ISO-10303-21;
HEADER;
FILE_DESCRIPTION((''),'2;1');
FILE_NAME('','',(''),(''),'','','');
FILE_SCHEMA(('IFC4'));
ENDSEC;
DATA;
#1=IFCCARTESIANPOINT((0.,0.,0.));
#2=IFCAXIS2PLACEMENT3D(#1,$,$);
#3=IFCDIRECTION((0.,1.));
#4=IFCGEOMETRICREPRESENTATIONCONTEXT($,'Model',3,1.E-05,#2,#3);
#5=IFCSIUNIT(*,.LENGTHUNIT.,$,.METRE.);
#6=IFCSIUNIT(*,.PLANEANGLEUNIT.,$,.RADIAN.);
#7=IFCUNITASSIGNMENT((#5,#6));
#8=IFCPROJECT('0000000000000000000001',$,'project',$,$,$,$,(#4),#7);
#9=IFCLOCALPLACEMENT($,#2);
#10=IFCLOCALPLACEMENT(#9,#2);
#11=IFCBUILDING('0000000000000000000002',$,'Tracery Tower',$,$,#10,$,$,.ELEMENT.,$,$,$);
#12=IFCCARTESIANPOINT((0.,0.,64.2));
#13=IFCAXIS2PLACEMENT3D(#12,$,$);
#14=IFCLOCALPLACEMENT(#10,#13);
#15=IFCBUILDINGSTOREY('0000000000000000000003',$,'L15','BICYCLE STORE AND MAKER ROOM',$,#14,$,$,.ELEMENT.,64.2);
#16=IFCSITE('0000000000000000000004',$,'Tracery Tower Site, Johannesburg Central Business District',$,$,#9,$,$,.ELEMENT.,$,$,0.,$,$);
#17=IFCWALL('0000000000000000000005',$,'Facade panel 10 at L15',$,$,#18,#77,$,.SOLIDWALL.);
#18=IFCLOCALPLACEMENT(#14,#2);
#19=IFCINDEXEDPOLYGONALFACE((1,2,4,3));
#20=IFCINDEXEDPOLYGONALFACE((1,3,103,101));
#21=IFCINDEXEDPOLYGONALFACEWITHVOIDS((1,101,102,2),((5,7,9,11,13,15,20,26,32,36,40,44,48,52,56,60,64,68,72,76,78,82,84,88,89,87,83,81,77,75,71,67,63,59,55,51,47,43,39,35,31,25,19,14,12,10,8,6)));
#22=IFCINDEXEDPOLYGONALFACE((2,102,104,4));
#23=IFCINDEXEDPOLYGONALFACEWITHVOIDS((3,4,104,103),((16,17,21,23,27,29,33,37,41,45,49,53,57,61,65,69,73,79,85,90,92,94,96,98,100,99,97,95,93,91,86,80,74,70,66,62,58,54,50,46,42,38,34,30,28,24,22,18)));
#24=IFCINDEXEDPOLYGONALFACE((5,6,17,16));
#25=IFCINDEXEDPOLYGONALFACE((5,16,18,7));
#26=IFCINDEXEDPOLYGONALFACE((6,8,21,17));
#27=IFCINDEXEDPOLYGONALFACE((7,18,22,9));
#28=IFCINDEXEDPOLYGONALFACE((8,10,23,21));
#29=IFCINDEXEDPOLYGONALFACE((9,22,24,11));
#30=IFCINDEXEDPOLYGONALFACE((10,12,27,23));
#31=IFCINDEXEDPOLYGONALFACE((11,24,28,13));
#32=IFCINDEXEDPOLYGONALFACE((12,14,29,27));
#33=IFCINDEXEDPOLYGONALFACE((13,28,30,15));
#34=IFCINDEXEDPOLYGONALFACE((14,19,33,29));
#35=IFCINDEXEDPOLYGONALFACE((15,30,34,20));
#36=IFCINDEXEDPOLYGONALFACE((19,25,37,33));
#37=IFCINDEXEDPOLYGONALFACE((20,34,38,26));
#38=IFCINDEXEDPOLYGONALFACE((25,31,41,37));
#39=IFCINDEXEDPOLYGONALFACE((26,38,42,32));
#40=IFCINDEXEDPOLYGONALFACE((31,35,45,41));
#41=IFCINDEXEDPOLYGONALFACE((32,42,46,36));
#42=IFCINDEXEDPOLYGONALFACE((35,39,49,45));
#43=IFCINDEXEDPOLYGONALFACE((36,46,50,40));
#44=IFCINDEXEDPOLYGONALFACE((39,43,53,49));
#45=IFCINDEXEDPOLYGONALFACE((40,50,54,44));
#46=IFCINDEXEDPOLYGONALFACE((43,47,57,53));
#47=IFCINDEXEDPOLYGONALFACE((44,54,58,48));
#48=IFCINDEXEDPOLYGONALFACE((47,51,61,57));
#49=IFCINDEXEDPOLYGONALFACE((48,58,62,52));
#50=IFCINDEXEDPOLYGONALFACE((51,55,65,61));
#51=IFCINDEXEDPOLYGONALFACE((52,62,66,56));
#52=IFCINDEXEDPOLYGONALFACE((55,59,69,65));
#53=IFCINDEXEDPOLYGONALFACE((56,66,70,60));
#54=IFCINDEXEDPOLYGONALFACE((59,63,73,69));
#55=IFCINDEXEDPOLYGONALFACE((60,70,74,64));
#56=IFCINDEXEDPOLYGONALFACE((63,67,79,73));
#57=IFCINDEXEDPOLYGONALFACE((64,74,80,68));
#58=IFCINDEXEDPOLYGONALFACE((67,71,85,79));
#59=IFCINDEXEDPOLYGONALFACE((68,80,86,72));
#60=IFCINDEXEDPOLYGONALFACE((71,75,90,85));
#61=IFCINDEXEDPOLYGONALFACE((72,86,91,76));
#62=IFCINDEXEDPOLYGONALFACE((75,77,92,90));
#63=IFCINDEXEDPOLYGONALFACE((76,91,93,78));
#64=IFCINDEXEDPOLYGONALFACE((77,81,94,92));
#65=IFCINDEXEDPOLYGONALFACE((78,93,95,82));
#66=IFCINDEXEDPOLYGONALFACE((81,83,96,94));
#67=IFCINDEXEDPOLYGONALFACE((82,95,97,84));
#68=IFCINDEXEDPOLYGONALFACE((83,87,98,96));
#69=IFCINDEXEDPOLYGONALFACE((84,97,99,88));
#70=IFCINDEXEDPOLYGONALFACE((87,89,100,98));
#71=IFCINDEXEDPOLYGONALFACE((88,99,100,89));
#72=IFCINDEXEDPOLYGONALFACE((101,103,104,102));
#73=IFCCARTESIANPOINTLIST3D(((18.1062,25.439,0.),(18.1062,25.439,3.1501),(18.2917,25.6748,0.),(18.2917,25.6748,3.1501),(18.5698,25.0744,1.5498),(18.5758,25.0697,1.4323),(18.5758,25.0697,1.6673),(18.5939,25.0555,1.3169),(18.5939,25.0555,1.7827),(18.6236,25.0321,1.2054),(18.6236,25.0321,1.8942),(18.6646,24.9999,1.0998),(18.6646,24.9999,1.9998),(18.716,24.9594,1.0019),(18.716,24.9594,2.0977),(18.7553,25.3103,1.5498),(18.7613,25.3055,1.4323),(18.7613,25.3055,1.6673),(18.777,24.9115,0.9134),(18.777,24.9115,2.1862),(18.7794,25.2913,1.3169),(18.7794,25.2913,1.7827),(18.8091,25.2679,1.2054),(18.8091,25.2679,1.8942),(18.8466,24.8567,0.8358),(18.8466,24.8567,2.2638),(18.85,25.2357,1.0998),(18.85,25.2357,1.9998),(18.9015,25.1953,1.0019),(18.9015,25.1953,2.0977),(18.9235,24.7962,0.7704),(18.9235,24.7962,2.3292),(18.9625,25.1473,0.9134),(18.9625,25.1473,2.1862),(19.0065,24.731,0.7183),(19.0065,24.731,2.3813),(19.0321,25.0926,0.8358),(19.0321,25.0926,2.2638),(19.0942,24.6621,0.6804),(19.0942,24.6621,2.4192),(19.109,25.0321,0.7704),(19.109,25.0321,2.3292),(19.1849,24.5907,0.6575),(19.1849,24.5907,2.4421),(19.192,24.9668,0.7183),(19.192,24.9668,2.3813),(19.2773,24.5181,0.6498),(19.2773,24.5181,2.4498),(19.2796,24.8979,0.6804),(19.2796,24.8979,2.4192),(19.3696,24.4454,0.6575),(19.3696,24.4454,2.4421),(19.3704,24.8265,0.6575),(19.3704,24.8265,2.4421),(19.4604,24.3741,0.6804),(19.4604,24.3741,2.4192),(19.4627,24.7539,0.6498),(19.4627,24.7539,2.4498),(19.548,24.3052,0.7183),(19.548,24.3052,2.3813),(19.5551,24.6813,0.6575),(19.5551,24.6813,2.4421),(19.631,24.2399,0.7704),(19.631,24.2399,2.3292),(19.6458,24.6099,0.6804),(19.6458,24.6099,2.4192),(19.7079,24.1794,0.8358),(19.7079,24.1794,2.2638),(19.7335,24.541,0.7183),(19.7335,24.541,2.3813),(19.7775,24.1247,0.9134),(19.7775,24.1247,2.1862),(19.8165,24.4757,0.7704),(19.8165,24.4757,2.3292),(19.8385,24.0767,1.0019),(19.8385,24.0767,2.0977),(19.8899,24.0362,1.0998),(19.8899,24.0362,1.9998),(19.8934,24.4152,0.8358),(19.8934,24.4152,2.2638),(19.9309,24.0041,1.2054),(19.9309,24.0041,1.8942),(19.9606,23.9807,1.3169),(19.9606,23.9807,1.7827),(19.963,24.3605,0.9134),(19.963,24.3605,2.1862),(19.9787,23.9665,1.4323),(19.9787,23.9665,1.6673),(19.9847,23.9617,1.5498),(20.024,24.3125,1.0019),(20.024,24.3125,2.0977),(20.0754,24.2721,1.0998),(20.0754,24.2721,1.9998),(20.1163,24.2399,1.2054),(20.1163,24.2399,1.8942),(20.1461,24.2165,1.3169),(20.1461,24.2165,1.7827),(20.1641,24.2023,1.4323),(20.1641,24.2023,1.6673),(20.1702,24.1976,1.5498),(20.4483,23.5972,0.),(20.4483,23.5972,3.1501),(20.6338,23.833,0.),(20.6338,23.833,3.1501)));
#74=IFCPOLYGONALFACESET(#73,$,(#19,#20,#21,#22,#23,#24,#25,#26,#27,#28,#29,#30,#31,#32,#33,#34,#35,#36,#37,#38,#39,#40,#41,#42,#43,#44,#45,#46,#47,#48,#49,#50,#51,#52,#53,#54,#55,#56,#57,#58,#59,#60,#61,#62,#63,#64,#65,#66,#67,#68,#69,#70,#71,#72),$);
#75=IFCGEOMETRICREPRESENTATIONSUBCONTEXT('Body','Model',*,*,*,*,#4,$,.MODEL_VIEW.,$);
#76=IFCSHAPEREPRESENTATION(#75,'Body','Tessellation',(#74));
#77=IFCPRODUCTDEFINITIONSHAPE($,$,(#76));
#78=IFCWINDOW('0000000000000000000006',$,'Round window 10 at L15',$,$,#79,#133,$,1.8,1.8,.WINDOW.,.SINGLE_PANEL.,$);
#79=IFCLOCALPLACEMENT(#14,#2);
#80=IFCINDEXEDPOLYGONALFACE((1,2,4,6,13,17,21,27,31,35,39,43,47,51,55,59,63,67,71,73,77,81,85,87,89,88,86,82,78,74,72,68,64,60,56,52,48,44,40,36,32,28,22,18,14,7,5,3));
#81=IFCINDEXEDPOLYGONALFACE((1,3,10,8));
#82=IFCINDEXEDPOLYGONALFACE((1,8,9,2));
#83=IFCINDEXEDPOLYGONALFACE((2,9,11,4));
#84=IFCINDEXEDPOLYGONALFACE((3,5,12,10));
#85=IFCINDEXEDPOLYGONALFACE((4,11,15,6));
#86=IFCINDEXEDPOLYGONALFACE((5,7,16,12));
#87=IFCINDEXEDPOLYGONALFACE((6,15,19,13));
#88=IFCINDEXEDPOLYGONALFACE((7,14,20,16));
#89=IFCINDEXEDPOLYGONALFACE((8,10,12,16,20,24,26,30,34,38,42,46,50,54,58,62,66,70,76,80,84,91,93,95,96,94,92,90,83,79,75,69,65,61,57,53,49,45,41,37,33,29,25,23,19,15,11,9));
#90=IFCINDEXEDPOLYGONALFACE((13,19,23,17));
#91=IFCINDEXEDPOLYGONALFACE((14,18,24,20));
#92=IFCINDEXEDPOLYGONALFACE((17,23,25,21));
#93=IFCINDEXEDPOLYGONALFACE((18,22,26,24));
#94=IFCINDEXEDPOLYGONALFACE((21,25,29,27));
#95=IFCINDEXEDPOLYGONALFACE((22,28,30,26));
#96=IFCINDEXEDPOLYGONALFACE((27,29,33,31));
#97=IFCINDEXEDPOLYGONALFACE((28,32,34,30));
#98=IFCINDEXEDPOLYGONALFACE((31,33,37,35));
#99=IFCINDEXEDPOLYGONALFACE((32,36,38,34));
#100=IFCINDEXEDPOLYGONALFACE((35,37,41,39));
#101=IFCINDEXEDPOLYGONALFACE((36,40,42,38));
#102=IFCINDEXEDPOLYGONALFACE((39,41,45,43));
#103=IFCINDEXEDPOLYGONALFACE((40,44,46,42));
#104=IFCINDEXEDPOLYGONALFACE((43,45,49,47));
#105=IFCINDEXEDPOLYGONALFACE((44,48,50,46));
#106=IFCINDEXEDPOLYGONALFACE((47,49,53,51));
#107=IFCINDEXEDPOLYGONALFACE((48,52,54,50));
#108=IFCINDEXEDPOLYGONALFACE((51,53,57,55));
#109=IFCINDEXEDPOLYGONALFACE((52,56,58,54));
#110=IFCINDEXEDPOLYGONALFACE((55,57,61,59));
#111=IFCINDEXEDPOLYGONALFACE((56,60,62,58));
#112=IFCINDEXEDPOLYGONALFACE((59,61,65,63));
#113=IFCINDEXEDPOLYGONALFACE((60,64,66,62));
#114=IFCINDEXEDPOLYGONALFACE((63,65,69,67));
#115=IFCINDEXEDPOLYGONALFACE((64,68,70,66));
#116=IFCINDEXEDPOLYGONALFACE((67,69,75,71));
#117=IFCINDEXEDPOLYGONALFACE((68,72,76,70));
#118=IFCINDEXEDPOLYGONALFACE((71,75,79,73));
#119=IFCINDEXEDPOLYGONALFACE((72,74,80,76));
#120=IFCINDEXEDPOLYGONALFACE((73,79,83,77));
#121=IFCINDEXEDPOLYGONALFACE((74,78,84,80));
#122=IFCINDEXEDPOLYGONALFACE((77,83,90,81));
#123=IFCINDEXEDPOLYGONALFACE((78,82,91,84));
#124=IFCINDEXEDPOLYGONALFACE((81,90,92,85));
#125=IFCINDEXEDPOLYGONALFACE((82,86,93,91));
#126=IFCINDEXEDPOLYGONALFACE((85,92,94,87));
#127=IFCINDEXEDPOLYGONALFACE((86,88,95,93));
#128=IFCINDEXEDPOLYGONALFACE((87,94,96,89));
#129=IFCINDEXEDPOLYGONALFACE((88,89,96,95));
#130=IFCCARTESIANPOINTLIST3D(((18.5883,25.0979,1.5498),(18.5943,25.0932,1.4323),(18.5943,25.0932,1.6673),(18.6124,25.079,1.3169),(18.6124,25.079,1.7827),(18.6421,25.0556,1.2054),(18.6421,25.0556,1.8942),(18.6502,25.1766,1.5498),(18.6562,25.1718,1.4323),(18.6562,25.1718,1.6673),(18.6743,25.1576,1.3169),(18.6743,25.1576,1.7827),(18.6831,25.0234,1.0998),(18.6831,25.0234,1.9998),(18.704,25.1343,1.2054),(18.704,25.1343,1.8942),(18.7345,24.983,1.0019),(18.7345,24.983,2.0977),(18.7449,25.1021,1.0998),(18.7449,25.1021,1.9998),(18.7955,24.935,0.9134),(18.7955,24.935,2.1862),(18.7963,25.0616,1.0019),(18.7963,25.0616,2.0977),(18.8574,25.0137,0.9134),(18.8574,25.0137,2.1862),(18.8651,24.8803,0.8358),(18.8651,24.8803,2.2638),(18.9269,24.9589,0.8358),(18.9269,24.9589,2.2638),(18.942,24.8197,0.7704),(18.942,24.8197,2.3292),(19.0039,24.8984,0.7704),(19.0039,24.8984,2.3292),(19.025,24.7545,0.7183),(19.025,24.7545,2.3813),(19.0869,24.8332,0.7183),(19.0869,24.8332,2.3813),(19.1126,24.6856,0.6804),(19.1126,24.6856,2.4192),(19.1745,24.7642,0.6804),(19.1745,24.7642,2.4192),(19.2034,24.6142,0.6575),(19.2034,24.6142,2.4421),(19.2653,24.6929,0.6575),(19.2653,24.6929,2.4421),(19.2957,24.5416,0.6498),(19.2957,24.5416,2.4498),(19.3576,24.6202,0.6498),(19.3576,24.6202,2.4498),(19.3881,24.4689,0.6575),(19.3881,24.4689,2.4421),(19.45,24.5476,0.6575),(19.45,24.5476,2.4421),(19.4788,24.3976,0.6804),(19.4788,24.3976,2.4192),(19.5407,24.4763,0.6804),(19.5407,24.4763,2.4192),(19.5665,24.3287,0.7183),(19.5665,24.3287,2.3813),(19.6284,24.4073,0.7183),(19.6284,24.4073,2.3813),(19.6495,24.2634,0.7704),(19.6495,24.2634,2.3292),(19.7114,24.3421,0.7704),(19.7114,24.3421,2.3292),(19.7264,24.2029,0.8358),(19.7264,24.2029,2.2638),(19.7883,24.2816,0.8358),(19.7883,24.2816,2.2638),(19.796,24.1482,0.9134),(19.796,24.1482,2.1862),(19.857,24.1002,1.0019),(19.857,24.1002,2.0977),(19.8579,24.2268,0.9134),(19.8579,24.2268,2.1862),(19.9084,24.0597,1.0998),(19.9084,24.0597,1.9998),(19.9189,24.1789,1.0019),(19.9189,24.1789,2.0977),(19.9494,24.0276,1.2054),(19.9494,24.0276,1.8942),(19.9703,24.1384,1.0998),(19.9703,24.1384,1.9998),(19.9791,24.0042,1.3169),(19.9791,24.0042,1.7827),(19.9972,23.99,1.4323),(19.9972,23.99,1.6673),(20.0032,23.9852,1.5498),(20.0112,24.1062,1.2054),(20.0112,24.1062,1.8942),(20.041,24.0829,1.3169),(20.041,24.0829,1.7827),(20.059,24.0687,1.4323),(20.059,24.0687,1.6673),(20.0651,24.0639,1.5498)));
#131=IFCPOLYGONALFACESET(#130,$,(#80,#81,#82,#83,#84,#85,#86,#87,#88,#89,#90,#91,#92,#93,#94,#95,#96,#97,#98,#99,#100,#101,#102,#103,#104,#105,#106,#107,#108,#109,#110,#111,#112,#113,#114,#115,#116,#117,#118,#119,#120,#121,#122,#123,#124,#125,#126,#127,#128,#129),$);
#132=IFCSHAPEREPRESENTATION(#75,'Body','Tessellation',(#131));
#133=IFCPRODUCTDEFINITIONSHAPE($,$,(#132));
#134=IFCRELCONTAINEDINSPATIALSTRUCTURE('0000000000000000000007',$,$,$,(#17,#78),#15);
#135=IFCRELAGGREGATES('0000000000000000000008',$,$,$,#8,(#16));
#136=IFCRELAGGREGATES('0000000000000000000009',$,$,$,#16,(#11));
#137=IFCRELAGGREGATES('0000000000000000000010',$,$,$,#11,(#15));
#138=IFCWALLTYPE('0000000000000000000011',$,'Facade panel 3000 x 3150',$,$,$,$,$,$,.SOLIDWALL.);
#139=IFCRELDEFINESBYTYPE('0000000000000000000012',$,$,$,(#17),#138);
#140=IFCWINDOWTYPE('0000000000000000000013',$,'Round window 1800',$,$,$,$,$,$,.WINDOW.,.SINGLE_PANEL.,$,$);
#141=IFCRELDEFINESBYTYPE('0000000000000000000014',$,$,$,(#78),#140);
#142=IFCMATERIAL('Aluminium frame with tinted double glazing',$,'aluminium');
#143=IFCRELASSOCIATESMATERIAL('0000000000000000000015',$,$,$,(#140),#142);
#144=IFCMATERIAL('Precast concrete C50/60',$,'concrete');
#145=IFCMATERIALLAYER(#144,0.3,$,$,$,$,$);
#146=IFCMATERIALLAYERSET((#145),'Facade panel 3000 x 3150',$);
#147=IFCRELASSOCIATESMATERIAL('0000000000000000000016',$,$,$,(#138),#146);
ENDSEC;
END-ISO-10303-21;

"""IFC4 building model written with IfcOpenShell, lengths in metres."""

from ifc_helpers import new_model, si_unit, direction, frame, frame_2d, origin, origin_2d, place, context, subcontext, project, spatial, rectangle, circle, extrude, material, layer, layer_set, type_object, element, fill, save


model = new_model("IFC4")

# Units and contexts
model_context = context("Model", 3, precision=1e-05, world=origin(), true_north=direction((0.0, 1.0)))
body_context = subcontext(model_context, "Body", "Model", "MODEL_VIEW")
ifc_project = project(units=[si_unit("LENGTHUNIT", "METRE"), si_unit("PLANEANGLEUNIT", "RADIAN")], contexts=[model_context])

# Site, building, storey
site_placement = place(None, origin())
site = spatial("IfcSite", under=ifc_project, at=site_placement, Name="Tracery Tower Site, Johannesburg Central Business District", CompositionType="ELEMENT", RefElevation=0.0)
building_placement = place(site_placement, origin())
building = spatial("IfcBuilding", under=site, at=building_placement, Name="Tracery Tower", CompositionType="ELEMENT")
storey_placement = place(building_placement, frame((0.0, 0.0, 64.2)))
storey = spatial("IfcBuildingStorey", under=building, at=storey_placement, Name="L15", Description="BICYCLE STORE AND MAKER ROOM", CompositionType="ELEMENT", Elevation=64.2)

# Wall, opening, window
ifc_material_1 = material(Name="Aluminium frame with tinted double glazing", Category="aluminium")
window_type = type_object("IfcWindowType", Name="Round window 1800", PartitioningType="SINGLE_PANEL", PredefinedType="WINDOW", material=ifc_material_1)
ifc_material_2 = material(Name="Precast concrete C50/60", Category="concrete")
ifc_layer_1 = layer(ifc_material_2, 0.3)
ifc_layer_set_1 = layer_set([ifc_layer_1], Name="Facade panel 3000 x 3150")
wall_type_1 = type_object("IfcWallType", Name="Facade panel 3000 x 3150", PredefinedType="SOLIDWALL", material=ifc_layer_set_1)
wall_1_placement = place(storey_placement, frame((20.541, 23.7151, 0.0), z_axis=(0.0, 0.0, 1.0), x_axis=(-0.786054, 0.618158, 0.0)))
wall_1 = element("IfcWall", 1, at=wall_1_placement, inside=storey, type_object=wall_type_1, Name="Facade panel 10 at L15", PredefinedType="SOLIDWALL", context=body_context, shape_type="SweptSolid", body=[
    extrude(rectangle(XDim=2.9795, YDim=0.3, at=frame_2d((1.4897, 0.0))), origin(), (0.0, 0.0, 1.0), 3.1501),
])
opening_1_placement = place(wall_1_placement, frame((1.4897, 0.0, 1.5498)))
opening_1 = element("IfcOpeningElement", 2, at=opening_1_placement, cuts=wall_1, PredefinedType="OPENING", context=body_context, shape_type="SweptSolid", body=[
    extrude(circle(Radius=0.9, at=origin_2d()), frame((0.0, 0.1599, 0.0), z_axis=(0.0, -1.0, 0.0), x_axis=(1.0, 0.0, 0.0)), (0.0, 0.0, 1.0), 0.3201),
])
window_1_placement = place(opening_1_placement, origin())
window_1 = element("IfcWindow", 3, at=window_1_placement, inside=storey, type_object=window_type, Name="Round window 10 at L15", OverallHeight=1.8, OverallWidth=1.8, PartitioningType="SINGLE_PANEL", PredefinedType="WINDOW", context=body_context, shape_type="SweptSolid", body=[
    extrude(circle(Radius=0.9, at=origin_2d()), frame((0.0, 0.1201, 0.0), z_axis=(0.0, -1.0, 0.0), x_axis=(1.0, 0.0, 0.0)), (0.0, 0.0, 1.0), 0.1001),
])
fill(opening_1, window_1)

save(model, "model.ifc")
